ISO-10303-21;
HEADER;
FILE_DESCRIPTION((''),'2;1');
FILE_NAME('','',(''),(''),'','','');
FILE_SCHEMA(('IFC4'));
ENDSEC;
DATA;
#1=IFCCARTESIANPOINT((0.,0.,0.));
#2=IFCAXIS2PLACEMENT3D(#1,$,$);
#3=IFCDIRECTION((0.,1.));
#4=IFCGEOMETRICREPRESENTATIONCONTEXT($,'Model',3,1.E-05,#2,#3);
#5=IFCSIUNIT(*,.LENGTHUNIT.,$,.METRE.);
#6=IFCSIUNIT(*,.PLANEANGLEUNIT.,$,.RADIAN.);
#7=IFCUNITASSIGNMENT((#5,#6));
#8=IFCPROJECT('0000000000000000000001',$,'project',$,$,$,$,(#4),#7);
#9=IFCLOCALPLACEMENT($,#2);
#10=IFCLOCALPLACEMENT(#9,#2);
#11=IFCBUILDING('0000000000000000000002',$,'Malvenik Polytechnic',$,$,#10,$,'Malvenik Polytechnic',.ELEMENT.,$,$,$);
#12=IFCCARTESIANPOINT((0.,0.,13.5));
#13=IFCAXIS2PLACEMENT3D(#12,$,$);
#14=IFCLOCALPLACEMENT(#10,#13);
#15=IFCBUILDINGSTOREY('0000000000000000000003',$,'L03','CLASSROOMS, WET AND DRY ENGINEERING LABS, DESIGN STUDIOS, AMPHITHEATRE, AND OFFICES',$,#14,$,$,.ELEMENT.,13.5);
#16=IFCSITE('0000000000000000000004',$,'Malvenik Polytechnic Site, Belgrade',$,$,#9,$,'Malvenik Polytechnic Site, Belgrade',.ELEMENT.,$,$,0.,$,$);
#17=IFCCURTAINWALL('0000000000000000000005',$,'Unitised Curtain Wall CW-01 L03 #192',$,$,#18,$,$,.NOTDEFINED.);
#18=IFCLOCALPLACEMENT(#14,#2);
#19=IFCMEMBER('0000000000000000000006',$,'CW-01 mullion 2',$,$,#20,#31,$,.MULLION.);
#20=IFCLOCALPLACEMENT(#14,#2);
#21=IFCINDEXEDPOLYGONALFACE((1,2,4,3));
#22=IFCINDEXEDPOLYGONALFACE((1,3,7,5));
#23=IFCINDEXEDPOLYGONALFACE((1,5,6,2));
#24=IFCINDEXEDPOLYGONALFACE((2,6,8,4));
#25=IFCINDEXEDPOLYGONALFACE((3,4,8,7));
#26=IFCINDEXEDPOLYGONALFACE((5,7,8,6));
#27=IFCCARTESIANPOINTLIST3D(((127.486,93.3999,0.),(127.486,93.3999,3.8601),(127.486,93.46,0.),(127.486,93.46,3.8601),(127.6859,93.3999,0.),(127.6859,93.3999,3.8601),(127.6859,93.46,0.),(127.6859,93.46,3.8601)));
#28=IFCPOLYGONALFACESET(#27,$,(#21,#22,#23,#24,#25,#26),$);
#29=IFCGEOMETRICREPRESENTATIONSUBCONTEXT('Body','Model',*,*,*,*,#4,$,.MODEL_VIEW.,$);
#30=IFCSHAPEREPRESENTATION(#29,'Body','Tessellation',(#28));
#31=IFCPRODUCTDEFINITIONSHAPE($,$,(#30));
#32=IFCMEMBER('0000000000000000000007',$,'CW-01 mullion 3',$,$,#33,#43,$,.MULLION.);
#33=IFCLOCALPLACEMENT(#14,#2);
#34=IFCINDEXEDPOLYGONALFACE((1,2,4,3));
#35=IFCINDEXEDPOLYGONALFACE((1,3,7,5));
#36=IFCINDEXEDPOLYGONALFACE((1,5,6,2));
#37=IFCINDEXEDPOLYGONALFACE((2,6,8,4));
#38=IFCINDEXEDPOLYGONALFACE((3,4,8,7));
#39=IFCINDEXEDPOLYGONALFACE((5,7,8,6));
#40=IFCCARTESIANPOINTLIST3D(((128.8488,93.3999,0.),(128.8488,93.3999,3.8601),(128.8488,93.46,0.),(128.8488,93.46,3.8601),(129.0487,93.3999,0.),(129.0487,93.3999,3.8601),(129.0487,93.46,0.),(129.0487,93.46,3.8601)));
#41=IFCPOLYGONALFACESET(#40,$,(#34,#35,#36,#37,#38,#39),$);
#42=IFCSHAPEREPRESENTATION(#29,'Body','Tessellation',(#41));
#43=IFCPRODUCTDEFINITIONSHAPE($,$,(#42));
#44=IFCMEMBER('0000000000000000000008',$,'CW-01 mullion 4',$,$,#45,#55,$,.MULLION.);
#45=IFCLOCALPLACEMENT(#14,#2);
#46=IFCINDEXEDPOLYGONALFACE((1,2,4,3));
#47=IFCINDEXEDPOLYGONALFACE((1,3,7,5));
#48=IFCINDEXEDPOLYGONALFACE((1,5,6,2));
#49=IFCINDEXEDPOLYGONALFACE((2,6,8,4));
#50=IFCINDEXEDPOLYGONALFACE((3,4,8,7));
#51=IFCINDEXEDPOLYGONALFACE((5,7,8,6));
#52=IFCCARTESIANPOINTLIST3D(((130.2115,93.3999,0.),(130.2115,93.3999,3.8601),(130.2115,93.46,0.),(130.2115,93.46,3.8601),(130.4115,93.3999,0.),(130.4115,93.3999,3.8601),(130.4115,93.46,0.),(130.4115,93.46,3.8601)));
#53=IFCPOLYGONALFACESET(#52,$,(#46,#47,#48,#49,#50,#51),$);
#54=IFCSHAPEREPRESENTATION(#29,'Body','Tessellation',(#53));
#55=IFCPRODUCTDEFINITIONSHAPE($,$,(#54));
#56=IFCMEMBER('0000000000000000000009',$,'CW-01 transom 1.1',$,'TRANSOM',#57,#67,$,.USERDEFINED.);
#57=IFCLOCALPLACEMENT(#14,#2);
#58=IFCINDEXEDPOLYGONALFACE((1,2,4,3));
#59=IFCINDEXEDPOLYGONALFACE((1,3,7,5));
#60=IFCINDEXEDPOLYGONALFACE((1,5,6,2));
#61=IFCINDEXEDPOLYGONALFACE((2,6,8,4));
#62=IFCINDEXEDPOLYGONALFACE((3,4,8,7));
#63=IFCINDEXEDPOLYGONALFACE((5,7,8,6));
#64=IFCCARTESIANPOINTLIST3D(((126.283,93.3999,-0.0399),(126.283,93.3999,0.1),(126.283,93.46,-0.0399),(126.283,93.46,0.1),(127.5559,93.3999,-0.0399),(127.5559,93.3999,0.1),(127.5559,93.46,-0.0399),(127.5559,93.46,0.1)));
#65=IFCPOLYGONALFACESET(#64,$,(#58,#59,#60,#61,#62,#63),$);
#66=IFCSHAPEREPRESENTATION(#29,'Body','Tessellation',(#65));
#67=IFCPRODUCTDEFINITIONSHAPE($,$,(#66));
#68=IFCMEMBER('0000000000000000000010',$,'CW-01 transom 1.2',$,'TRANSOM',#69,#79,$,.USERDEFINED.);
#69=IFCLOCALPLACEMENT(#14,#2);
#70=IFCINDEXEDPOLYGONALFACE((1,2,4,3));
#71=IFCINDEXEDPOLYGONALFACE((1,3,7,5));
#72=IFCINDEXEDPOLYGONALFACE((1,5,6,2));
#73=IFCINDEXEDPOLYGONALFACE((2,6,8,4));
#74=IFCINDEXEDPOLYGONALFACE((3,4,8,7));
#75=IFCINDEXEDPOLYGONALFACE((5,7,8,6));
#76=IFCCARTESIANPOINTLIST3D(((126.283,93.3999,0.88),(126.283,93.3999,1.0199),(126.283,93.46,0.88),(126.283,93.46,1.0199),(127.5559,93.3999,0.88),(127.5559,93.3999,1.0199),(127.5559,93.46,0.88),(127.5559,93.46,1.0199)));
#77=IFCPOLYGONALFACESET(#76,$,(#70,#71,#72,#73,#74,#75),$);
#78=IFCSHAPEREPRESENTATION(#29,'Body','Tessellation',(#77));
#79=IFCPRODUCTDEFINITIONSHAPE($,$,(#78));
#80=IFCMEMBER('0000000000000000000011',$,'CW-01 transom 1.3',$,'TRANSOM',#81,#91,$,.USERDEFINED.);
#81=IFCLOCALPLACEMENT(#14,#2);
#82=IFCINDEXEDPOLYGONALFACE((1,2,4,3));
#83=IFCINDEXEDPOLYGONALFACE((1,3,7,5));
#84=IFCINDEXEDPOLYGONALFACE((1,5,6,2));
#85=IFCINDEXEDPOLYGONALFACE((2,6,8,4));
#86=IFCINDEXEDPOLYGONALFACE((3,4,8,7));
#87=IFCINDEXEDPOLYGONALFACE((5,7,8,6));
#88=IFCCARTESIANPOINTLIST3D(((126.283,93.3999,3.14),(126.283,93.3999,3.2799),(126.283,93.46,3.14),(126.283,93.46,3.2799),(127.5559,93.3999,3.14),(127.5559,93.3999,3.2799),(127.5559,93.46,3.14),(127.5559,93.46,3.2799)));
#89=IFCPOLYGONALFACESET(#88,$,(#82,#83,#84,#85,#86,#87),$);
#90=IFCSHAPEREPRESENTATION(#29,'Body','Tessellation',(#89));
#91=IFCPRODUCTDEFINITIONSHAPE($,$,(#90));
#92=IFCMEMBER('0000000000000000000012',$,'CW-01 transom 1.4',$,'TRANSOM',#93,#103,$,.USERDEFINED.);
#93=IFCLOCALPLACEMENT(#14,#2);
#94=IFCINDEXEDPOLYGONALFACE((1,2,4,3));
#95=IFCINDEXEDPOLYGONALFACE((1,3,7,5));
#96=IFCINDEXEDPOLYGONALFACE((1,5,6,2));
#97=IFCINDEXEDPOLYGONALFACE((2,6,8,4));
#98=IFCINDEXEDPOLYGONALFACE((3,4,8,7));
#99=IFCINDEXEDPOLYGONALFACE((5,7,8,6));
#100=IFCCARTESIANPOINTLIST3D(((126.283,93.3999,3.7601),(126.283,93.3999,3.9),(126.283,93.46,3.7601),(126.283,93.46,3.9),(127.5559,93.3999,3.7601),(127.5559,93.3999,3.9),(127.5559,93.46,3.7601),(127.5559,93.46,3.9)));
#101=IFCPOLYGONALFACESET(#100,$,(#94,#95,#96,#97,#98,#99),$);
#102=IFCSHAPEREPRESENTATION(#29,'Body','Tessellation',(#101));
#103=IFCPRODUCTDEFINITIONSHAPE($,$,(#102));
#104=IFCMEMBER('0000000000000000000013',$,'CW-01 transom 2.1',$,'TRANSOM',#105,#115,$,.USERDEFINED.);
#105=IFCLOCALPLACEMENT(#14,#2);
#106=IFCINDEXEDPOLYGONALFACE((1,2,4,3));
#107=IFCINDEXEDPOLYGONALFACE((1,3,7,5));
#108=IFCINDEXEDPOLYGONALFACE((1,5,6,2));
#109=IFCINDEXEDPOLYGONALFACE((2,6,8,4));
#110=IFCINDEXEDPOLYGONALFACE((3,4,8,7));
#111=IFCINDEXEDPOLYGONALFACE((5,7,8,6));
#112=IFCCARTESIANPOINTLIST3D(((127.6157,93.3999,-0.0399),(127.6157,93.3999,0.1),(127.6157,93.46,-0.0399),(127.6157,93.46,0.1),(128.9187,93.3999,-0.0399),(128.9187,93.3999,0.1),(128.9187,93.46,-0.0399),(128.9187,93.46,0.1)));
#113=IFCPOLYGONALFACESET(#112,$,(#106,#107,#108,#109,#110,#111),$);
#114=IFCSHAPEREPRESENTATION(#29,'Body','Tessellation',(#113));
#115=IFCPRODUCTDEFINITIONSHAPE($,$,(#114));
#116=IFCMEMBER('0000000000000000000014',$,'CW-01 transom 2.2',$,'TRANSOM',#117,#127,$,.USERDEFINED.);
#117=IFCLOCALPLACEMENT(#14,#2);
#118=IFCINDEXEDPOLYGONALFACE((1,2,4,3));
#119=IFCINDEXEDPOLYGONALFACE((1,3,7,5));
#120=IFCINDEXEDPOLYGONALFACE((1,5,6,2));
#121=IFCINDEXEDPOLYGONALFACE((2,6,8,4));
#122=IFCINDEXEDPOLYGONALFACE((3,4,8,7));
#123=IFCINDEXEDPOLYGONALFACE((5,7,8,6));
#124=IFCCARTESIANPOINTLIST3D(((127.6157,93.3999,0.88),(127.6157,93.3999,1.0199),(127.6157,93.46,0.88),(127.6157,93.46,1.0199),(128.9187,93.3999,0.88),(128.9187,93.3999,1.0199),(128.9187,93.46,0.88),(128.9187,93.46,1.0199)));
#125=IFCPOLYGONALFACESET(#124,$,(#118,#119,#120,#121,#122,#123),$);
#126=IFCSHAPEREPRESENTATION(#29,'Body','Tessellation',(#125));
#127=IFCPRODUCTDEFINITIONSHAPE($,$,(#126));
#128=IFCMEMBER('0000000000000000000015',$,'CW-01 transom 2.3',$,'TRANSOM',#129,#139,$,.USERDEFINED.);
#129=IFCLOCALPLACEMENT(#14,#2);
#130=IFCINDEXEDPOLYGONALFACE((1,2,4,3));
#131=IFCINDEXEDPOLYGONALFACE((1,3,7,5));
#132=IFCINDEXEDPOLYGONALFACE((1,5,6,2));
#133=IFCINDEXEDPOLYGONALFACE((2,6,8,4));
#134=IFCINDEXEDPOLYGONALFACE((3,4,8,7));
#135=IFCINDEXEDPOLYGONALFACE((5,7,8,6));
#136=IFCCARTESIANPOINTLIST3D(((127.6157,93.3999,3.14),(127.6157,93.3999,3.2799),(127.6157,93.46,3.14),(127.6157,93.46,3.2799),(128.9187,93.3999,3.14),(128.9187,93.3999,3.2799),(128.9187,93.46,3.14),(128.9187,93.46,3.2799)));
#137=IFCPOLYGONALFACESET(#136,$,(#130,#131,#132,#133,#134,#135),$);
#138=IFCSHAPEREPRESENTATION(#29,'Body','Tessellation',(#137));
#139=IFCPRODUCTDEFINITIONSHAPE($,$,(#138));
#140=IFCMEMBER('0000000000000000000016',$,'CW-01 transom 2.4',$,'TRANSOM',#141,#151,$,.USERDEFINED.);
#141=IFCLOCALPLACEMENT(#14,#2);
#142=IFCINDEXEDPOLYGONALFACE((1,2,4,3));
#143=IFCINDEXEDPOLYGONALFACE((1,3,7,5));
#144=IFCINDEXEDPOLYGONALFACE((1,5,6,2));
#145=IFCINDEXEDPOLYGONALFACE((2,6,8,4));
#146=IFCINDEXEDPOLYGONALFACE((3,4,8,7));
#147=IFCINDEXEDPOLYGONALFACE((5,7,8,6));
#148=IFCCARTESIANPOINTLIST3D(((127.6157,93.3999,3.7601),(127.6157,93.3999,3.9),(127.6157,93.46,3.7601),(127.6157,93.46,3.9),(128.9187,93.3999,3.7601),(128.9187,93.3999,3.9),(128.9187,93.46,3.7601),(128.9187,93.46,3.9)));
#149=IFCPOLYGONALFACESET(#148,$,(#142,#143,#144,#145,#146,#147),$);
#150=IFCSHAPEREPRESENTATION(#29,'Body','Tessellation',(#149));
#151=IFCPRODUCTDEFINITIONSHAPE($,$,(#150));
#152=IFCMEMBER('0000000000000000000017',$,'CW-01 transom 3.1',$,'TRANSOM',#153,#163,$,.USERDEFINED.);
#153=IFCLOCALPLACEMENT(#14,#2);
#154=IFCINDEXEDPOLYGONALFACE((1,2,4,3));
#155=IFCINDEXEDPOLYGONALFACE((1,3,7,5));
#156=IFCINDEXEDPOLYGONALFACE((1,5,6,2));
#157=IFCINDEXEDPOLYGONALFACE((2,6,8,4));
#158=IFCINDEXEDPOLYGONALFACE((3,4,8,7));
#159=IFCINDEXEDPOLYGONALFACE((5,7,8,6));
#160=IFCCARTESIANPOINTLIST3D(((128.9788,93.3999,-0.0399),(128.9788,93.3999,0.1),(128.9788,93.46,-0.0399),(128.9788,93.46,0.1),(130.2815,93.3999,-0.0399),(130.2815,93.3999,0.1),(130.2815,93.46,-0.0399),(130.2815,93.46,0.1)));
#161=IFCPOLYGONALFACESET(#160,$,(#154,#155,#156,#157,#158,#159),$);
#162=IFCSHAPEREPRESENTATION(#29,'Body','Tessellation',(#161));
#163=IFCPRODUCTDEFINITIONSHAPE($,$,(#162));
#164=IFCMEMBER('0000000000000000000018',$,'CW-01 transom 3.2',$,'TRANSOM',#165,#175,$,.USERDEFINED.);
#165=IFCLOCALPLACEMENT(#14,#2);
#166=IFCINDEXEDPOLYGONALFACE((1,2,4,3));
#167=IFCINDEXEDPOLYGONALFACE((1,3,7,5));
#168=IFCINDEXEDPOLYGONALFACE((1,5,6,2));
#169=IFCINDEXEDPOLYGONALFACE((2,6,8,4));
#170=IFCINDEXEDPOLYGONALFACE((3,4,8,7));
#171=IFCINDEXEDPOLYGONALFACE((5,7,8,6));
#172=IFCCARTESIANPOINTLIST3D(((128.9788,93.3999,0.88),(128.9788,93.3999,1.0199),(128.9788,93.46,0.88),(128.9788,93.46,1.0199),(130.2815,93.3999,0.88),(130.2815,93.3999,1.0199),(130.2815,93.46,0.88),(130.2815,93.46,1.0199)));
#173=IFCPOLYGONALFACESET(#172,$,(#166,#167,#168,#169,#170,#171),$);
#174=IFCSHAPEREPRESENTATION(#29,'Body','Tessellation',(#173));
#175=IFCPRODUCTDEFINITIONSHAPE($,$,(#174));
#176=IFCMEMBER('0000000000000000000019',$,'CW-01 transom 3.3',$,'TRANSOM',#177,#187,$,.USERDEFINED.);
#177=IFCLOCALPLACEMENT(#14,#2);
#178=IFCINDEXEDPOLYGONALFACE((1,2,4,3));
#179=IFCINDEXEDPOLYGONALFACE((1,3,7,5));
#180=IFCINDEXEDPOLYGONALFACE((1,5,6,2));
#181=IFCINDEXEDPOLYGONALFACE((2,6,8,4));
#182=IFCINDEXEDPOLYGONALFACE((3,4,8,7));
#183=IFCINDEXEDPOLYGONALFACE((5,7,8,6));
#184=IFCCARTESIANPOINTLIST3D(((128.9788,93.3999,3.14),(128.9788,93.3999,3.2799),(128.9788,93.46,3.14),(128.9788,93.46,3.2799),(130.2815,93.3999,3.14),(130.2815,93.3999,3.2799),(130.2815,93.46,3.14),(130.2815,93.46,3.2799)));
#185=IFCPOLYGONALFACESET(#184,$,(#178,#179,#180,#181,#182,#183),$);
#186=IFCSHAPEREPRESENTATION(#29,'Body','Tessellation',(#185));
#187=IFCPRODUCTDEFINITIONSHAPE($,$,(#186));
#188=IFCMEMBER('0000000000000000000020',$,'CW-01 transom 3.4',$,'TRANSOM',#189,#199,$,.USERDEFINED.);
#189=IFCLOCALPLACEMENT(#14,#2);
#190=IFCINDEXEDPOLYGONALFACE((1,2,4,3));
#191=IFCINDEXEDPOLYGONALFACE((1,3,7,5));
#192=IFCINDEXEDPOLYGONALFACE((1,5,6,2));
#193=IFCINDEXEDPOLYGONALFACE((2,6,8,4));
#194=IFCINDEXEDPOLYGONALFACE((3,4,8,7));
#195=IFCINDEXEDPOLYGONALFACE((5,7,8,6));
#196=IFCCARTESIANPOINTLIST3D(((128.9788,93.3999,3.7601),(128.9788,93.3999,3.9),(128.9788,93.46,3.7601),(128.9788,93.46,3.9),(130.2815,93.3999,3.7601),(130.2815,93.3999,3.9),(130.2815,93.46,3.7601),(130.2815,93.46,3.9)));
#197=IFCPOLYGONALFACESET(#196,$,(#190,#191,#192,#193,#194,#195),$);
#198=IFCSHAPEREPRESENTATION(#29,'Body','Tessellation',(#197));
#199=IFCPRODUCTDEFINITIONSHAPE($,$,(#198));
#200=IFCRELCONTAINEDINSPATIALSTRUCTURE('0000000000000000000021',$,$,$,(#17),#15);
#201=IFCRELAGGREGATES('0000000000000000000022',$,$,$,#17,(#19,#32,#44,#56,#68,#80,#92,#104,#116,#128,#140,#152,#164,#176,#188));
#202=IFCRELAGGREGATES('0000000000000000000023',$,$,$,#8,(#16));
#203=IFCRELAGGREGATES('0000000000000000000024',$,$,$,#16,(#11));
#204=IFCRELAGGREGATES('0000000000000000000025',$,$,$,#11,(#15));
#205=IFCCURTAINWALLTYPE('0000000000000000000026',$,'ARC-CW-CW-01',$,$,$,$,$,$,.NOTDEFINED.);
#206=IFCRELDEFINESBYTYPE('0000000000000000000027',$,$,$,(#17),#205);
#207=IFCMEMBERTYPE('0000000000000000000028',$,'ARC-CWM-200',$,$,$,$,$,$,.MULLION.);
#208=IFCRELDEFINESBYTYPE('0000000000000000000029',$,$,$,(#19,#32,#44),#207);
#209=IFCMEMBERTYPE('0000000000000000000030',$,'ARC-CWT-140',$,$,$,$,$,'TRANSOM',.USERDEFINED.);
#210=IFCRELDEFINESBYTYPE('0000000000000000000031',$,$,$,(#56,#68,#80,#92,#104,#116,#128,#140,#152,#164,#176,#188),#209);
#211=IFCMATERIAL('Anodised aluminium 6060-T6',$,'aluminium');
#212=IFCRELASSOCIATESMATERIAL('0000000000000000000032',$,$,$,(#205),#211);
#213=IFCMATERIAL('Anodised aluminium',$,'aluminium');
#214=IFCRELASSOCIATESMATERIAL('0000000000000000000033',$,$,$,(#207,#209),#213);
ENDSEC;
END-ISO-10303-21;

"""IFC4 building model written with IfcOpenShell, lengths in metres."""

from ifc_helpers import new_model, si_unit, direction, frame, origin, origin_2d, place, context, subcontext, project, spatial, rectangle, extrude, material, material_profile, profile_set, type_object, element, aggregate, save


model = new_model("IFC4")

# Units and contexts
model_context = context("Model", 3, precision=1e-05, world=origin(), true_north=direction((0.0, 1.0)))
body_context = subcontext(model_context, "Body", "Model", "MODEL_VIEW")
ifc_project = project(units=[si_unit("LENGTHUNIT", "METRE"), si_unit("PLANEANGLEUNIT", "RADIAN")], contexts=[model_context])

# Site, building, storey
site_placement = place(None, origin())
site = spatial("IfcSite", under=ifc_project, at=site_placement, Name="Malvenik Polytechnic Site, Belgrade", LongName="Malvenik Polytechnic Site, Belgrade", CompositionType="ELEMENT", RefElevation=0.0)
building_placement = place(site_placement, origin())
building = spatial("IfcBuilding", under=site, at=building_placement, Name="Malvenik Polytechnic", LongName="Malvenik Polytechnic", CompositionType="ELEMENT")
storey_placement = place(building_placement, frame((0.0, 0.0, 13.5)))
storey = spatial("IfcBuildingStorey", under=building, at=storey_placement, Name="L03", Description="CLASSROOMS, WET AND DRY ENGINEERING LABS, DESIGN STUDIOS, AMPHITHEATRE, AND OFFICES", CompositionType="ELEMENT", Elevation=13.5)

# Curtain wall, members
ifc_material_1 = material(Name="Anodised aluminium 6060-T6", Category="aluminium")
curtain_wall_type = type_object("IfcCurtainWallType", Name="ARC-CW-CW-01", PredefinedType="NOTDEFINED", material=ifc_material_1)
curtain_wall_placement = place(storey_placement, origin())
curtain_wall = element("IfcCurtainWall", 1, at=curtain_wall_placement, inside=storey, type_object=curtain_wall_type, Name="Unitised Curtain Wall CW-01 L03 #192", PredefinedType="NOTDEFINED")
ifc_material_2 = material(Name="Anodised aluminium", Category="aluminium")
ifc_material_profile_1 = material_profile(ifc_material_2, rectangle(XDim=0.0601, YDim=0.2, at=origin_2d()), Name="ALU MULLION 60x200")
ifc_profile_set_1 = profile_set([ifc_material_profile_1], Name="Anodised aluminium")
member_type_1 = type_object("IfcMemberType", Name="ARC-CWM-200", PredefinedType="MULLION", material=ifc_profile_set_1)
member_1_placement = place(storey_placement, frame((127.5859, 93.4299, 0.0), z_axis=(0.0, 0.0, 1.0), x_axis=(0.0, 1.0, 0.0)))
member_1 = element("IfcMember", 2, at=member_1_placement, type_object=member_type_1, Name="CW-01 mullion 2", PredefinedType="MULLION", context=body_context, shape_type="SweptSolid", body=[
    extrude(rectangle(XDim=0.0601, YDim=0.2, at=origin_2d()), origin(), (0.0, 0.0, 1.0), 3.8601),
])
member_2_placement = place(storey_placement, frame((128.9487, 93.4299, 0.0), z_axis=(0.0, 0.0, 1.0), x_axis=(0.0, 1.0, 0.0)))
member_2 = element("IfcMember", 3, at=member_2_placement, type_object=member_type_1, Name="CW-01 mullion 3", PredefinedType="MULLION", context=body_context, shape_type="SweptSolid", body=[
    extrude(rectangle(XDim=0.0601, YDim=0.2, at=origin_2d()), origin(), (0.0, 0.0, 1.0), 3.8601),
])
member_3_placement = place(storey_placement, frame((130.3115, 93.4299, 0.0), z_axis=(0.0, 0.0, 1.0), x_axis=(0.0, 1.0, 0.0)))
member_3 = element("IfcMember", 4, at=member_3_placement, type_object=member_type_1, Name="CW-01 mullion 4", PredefinedType="MULLION", context=body_context, shape_type="SweptSolid", body=[
    extrude(rectangle(XDim=0.0601, YDim=0.2, at=origin_2d()), origin(), (0.0, 0.0, 1.0), 3.8601),
])
ifc_material_profile_2 = material_profile(ifc_material_2, rectangle(XDim=0.0601, YDim=0.1399, at=origin_2d()), Name="ALU TRANSOM 60x140")
ifc_profile_set_2 = profile_set([ifc_material_profile_2], Name="Anodised aluminium")
member_type_2 = type_object("IfcMemberType", Name="ARC-CWT-140", ElementType="TRANSOM", PredefinedType="USERDEFINED", material=ifc_profile_set_2)
member_4_placement = place(storey_placement, frame((126.283, 93.4299, 0.03), z_axis=(1.0, 0.0, 0.0), x_axis=(0.0, 1.0, 0.0)))
member_4 = element("IfcMember", 5, at=member_4_placement, type_object=member_type_2, Name="CW-01 transom 1.1", ObjectType="TRANSOM", PredefinedType="USERDEFINED", context=body_context, shape_type="SweptSolid", body=[
    extrude(rectangle(XDim=0.0601, YDim=0.1399, at=origin_2d()), origin(), (0.0, 0.0, 1.0), 1.2729),
])
member_5_placement = place(storey_placement, frame((126.283, 93.4299, 0.95), z_axis=(1.0, 0.0, 0.0), x_axis=(0.0, 1.0, 0.0)))
member_5 = element("IfcMember", 6, at=member_5_placement, type_object=member_type_2, Name="CW-01 transom 1.2", ObjectType="TRANSOM", PredefinedType="USERDEFINED", context=body_context, shape_type="SweptSolid", body=[
    extrude(rectangle(XDim=0.0601, YDim=0.1399, at=origin_2d()), origin(), (0.0, 0.0, 1.0), 1.2729),
])
member_6_placement = place(storey_placement, frame((126.283, 93.4299, 3.21), z_axis=(1.0, 0.0, 0.0), x_axis=(0.0, 1.0, 0.0)))
member_6 = element("IfcMember", 7, at=member_6_placement, type_object=member_type_2, Name="CW-01 transom 1.3", ObjectType="TRANSOM", PredefinedType="USERDEFINED", context=body_context, shape_type="SweptSolid", body=[
    extrude(rectangle(XDim=0.0601, YDim=0.1399, at=origin_2d()), origin(), (0.0, 0.0, 1.0), 1.2729),
])
member_7_placement = place(storey_placement, frame((126.283, 93.4299, 3.8301), z_axis=(1.0, 0.0, 0.0), x_axis=(0.0, 1.0, 0.0)))
member_7 = element("IfcMember", 8, at=member_7_placement, type_object=member_type_2, Name="CW-01 transom 1.4", ObjectType="TRANSOM", PredefinedType="USERDEFINED", context=body_context, shape_type="SweptSolid", body=[
    extrude(rectangle(XDim=0.0601, YDim=0.1399, at=origin_2d()), origin(), (0.0, 0.0, 1.0), 1.2729),
])
member_8_placement = place(storey_placement, frame((127.6157, 93.4299, 0.03), z_axis=(1.0, 0.0, 0.0), x_axis=(0.0, 1.0, 0.0)))
member_8 = element("IfcMember", 9, at=member_8_placement, type_object=member_type_2, Name="CW-01 transom 2.1", ObjectType="TRANSOM", PredefinedType="USERDEFINED", context=body_context, shape_type="SweptSolid", body=[
    extrude(rectangle(XDim=0.0601, YDim=0.1399, at=origin_2d()), origin(), (0.0, 0.0, 1.0), 1.303),
])
member_9_placement = place(storey_placement, frame((127.6157, 93.4299, 0.95), z_axis=(1.0, 0.0, 0.0), x_axis=(0.0, 1.0, 0.0)))
member_9 = element("IfcMember", 10, at=member_9_placement, type_object=member_type_2, Name="CW-01 transom 2.2", ObjectType="TRANSOM", PredefinedType="USERDEFINED", context=body_context, shape_type="SweptSolid", body=[
    extrude(rectangle(XDim=0.0601, YDim=0.1399, at=origin_2d()), origin(), (0.0, 0.0, 1.0), 1.303),
])
member_10_placement = place(storey_placement, frame((127.6157, 93.4299, 3.21), z_axis=(1.0, 0.0, 0.0), x_axis=(0.0, 1.0, 0.0)))
member_10 = element("IfcMember", 11, at=member_10_placement, type_object=member_type_2, Name="CW-01 transom 2.3", ObjectType="TRANSOM", PredefinedType="USERDEFINED", context=body_context, shape_type="SweptSolid", body=[
    extrude(rectangle(XDim=0.0601, YDim=0.1399, at=origin_2d()), origin(), (0.0, 0.0, 1.0), 1.303),
])
member_11_placement = place(storey_placement, frame((127.6157, 93.4299, 3.8301), z_axis=(1.0, 0.0, 0.0), x_axis=(0.0, 1.0, 0.0)))
member_11 = element("IfcMember", 12, at=member_11_placement, type_object=member_type_2, Name="CW-01 transom 2.4", ObjectType="TRANSOM", PredefinedType="USERDEFINED", context=body_context, shape_type="SweptSolid", body=[
    extrude(rectangle(XDim=0.0601, YDim=0.1399, at=origin_2d()), origin(), (0.0, 0.0, 1.0), 1.303),
])
member_12_placement = place(storey_placement, frame((128.9788, 93.4299, 0.03), z_axis=(1.0, 0.0, 0.0), x_axis=(0.0, 1.0, 0.0)))
member_12 = element("IfcMember", 13, at=member_12_placement, type_object=member_type_2, Name="CW-01 transom 3.1", ObjectType="TRANSOM", PredefinedType="USERDEFINED", context=body_context, shape_type="SweptSolid", body=[
    extrude(rectangle(XDim=0.0601, YDim=0.1399, at=origin_2d()), origin(), (0.0, 0.0, 1.0), 1.3027),
])
member_13_placement = place(storey_placement, frame((128.9788, 93.4299, 0.95), z_axis=(1.0, 0.0, 0.0), x_axis=(0.0, 1.0, 0.0)))
member_13 = element("IfcMember", 14, at=member_13_placement, type_object=member_type_2, Name="CW-01 transom 3.2", ObjectType="TRANSOM", PredefinedType="USERDEFINED", context=body_context, shape_type="SweptSolid", body=[
    extrude(rectangle(XDim=0.0601, YDim=0.1399, at=origin_2d()), origin(), (0.0, 0.0, 1.0), 1.3027),
])
member_14_placement = place(storey_placement, frame((128.9788, 93.4299, 3.21), z_axis=(1.0, 0.0, 0.0), x_axis=(0.0, 1.0, 0.0)))
member_14 = element("IfcMember", 15, at=member_14_placement, type_object=member_type_2, Name="CW-01 transom 3.3", ObjectType="TRANSOM", PredefinedType="USERDEFINED", context=body_context, shape_type="SweptSolid", body=[
    extrude(rectangle(XDim=0.0601, YDim=0.1399, at=origin_2d()), origin(), (0.0, 0.0, 1.0), 1.3027),
])
member_15_placement = place(storey_placement, frame((128.9788, 93.4299, 3.8301), z_axis=(1.0, 0.0, 0.0), x_axis=(0.0, 1.0, 0.0)))
member_15 = element("IfcMember", 16, at=member_15_placement, type_object=member_type_2, Name="CW-01 transom 3.4", ObjectType="TRANSOM", PredefinedType="USERDEFINED", context=body_context, shape_type="SweptSolid", body=[
    extrude(rectangle(XDim=0.0601, YDim=0.1399, at=origin_2d()), origin(), (0.0, 0.0, 1.0), 1.3027),
])
aggregate(curtain_wall, [member_1, member_2, member_3, member_4, member_5, member_6, member_7, member_8, member_9, member_10, member_11, member_12, member_13, member_14, member_15])

save(model, "model.ifc")
